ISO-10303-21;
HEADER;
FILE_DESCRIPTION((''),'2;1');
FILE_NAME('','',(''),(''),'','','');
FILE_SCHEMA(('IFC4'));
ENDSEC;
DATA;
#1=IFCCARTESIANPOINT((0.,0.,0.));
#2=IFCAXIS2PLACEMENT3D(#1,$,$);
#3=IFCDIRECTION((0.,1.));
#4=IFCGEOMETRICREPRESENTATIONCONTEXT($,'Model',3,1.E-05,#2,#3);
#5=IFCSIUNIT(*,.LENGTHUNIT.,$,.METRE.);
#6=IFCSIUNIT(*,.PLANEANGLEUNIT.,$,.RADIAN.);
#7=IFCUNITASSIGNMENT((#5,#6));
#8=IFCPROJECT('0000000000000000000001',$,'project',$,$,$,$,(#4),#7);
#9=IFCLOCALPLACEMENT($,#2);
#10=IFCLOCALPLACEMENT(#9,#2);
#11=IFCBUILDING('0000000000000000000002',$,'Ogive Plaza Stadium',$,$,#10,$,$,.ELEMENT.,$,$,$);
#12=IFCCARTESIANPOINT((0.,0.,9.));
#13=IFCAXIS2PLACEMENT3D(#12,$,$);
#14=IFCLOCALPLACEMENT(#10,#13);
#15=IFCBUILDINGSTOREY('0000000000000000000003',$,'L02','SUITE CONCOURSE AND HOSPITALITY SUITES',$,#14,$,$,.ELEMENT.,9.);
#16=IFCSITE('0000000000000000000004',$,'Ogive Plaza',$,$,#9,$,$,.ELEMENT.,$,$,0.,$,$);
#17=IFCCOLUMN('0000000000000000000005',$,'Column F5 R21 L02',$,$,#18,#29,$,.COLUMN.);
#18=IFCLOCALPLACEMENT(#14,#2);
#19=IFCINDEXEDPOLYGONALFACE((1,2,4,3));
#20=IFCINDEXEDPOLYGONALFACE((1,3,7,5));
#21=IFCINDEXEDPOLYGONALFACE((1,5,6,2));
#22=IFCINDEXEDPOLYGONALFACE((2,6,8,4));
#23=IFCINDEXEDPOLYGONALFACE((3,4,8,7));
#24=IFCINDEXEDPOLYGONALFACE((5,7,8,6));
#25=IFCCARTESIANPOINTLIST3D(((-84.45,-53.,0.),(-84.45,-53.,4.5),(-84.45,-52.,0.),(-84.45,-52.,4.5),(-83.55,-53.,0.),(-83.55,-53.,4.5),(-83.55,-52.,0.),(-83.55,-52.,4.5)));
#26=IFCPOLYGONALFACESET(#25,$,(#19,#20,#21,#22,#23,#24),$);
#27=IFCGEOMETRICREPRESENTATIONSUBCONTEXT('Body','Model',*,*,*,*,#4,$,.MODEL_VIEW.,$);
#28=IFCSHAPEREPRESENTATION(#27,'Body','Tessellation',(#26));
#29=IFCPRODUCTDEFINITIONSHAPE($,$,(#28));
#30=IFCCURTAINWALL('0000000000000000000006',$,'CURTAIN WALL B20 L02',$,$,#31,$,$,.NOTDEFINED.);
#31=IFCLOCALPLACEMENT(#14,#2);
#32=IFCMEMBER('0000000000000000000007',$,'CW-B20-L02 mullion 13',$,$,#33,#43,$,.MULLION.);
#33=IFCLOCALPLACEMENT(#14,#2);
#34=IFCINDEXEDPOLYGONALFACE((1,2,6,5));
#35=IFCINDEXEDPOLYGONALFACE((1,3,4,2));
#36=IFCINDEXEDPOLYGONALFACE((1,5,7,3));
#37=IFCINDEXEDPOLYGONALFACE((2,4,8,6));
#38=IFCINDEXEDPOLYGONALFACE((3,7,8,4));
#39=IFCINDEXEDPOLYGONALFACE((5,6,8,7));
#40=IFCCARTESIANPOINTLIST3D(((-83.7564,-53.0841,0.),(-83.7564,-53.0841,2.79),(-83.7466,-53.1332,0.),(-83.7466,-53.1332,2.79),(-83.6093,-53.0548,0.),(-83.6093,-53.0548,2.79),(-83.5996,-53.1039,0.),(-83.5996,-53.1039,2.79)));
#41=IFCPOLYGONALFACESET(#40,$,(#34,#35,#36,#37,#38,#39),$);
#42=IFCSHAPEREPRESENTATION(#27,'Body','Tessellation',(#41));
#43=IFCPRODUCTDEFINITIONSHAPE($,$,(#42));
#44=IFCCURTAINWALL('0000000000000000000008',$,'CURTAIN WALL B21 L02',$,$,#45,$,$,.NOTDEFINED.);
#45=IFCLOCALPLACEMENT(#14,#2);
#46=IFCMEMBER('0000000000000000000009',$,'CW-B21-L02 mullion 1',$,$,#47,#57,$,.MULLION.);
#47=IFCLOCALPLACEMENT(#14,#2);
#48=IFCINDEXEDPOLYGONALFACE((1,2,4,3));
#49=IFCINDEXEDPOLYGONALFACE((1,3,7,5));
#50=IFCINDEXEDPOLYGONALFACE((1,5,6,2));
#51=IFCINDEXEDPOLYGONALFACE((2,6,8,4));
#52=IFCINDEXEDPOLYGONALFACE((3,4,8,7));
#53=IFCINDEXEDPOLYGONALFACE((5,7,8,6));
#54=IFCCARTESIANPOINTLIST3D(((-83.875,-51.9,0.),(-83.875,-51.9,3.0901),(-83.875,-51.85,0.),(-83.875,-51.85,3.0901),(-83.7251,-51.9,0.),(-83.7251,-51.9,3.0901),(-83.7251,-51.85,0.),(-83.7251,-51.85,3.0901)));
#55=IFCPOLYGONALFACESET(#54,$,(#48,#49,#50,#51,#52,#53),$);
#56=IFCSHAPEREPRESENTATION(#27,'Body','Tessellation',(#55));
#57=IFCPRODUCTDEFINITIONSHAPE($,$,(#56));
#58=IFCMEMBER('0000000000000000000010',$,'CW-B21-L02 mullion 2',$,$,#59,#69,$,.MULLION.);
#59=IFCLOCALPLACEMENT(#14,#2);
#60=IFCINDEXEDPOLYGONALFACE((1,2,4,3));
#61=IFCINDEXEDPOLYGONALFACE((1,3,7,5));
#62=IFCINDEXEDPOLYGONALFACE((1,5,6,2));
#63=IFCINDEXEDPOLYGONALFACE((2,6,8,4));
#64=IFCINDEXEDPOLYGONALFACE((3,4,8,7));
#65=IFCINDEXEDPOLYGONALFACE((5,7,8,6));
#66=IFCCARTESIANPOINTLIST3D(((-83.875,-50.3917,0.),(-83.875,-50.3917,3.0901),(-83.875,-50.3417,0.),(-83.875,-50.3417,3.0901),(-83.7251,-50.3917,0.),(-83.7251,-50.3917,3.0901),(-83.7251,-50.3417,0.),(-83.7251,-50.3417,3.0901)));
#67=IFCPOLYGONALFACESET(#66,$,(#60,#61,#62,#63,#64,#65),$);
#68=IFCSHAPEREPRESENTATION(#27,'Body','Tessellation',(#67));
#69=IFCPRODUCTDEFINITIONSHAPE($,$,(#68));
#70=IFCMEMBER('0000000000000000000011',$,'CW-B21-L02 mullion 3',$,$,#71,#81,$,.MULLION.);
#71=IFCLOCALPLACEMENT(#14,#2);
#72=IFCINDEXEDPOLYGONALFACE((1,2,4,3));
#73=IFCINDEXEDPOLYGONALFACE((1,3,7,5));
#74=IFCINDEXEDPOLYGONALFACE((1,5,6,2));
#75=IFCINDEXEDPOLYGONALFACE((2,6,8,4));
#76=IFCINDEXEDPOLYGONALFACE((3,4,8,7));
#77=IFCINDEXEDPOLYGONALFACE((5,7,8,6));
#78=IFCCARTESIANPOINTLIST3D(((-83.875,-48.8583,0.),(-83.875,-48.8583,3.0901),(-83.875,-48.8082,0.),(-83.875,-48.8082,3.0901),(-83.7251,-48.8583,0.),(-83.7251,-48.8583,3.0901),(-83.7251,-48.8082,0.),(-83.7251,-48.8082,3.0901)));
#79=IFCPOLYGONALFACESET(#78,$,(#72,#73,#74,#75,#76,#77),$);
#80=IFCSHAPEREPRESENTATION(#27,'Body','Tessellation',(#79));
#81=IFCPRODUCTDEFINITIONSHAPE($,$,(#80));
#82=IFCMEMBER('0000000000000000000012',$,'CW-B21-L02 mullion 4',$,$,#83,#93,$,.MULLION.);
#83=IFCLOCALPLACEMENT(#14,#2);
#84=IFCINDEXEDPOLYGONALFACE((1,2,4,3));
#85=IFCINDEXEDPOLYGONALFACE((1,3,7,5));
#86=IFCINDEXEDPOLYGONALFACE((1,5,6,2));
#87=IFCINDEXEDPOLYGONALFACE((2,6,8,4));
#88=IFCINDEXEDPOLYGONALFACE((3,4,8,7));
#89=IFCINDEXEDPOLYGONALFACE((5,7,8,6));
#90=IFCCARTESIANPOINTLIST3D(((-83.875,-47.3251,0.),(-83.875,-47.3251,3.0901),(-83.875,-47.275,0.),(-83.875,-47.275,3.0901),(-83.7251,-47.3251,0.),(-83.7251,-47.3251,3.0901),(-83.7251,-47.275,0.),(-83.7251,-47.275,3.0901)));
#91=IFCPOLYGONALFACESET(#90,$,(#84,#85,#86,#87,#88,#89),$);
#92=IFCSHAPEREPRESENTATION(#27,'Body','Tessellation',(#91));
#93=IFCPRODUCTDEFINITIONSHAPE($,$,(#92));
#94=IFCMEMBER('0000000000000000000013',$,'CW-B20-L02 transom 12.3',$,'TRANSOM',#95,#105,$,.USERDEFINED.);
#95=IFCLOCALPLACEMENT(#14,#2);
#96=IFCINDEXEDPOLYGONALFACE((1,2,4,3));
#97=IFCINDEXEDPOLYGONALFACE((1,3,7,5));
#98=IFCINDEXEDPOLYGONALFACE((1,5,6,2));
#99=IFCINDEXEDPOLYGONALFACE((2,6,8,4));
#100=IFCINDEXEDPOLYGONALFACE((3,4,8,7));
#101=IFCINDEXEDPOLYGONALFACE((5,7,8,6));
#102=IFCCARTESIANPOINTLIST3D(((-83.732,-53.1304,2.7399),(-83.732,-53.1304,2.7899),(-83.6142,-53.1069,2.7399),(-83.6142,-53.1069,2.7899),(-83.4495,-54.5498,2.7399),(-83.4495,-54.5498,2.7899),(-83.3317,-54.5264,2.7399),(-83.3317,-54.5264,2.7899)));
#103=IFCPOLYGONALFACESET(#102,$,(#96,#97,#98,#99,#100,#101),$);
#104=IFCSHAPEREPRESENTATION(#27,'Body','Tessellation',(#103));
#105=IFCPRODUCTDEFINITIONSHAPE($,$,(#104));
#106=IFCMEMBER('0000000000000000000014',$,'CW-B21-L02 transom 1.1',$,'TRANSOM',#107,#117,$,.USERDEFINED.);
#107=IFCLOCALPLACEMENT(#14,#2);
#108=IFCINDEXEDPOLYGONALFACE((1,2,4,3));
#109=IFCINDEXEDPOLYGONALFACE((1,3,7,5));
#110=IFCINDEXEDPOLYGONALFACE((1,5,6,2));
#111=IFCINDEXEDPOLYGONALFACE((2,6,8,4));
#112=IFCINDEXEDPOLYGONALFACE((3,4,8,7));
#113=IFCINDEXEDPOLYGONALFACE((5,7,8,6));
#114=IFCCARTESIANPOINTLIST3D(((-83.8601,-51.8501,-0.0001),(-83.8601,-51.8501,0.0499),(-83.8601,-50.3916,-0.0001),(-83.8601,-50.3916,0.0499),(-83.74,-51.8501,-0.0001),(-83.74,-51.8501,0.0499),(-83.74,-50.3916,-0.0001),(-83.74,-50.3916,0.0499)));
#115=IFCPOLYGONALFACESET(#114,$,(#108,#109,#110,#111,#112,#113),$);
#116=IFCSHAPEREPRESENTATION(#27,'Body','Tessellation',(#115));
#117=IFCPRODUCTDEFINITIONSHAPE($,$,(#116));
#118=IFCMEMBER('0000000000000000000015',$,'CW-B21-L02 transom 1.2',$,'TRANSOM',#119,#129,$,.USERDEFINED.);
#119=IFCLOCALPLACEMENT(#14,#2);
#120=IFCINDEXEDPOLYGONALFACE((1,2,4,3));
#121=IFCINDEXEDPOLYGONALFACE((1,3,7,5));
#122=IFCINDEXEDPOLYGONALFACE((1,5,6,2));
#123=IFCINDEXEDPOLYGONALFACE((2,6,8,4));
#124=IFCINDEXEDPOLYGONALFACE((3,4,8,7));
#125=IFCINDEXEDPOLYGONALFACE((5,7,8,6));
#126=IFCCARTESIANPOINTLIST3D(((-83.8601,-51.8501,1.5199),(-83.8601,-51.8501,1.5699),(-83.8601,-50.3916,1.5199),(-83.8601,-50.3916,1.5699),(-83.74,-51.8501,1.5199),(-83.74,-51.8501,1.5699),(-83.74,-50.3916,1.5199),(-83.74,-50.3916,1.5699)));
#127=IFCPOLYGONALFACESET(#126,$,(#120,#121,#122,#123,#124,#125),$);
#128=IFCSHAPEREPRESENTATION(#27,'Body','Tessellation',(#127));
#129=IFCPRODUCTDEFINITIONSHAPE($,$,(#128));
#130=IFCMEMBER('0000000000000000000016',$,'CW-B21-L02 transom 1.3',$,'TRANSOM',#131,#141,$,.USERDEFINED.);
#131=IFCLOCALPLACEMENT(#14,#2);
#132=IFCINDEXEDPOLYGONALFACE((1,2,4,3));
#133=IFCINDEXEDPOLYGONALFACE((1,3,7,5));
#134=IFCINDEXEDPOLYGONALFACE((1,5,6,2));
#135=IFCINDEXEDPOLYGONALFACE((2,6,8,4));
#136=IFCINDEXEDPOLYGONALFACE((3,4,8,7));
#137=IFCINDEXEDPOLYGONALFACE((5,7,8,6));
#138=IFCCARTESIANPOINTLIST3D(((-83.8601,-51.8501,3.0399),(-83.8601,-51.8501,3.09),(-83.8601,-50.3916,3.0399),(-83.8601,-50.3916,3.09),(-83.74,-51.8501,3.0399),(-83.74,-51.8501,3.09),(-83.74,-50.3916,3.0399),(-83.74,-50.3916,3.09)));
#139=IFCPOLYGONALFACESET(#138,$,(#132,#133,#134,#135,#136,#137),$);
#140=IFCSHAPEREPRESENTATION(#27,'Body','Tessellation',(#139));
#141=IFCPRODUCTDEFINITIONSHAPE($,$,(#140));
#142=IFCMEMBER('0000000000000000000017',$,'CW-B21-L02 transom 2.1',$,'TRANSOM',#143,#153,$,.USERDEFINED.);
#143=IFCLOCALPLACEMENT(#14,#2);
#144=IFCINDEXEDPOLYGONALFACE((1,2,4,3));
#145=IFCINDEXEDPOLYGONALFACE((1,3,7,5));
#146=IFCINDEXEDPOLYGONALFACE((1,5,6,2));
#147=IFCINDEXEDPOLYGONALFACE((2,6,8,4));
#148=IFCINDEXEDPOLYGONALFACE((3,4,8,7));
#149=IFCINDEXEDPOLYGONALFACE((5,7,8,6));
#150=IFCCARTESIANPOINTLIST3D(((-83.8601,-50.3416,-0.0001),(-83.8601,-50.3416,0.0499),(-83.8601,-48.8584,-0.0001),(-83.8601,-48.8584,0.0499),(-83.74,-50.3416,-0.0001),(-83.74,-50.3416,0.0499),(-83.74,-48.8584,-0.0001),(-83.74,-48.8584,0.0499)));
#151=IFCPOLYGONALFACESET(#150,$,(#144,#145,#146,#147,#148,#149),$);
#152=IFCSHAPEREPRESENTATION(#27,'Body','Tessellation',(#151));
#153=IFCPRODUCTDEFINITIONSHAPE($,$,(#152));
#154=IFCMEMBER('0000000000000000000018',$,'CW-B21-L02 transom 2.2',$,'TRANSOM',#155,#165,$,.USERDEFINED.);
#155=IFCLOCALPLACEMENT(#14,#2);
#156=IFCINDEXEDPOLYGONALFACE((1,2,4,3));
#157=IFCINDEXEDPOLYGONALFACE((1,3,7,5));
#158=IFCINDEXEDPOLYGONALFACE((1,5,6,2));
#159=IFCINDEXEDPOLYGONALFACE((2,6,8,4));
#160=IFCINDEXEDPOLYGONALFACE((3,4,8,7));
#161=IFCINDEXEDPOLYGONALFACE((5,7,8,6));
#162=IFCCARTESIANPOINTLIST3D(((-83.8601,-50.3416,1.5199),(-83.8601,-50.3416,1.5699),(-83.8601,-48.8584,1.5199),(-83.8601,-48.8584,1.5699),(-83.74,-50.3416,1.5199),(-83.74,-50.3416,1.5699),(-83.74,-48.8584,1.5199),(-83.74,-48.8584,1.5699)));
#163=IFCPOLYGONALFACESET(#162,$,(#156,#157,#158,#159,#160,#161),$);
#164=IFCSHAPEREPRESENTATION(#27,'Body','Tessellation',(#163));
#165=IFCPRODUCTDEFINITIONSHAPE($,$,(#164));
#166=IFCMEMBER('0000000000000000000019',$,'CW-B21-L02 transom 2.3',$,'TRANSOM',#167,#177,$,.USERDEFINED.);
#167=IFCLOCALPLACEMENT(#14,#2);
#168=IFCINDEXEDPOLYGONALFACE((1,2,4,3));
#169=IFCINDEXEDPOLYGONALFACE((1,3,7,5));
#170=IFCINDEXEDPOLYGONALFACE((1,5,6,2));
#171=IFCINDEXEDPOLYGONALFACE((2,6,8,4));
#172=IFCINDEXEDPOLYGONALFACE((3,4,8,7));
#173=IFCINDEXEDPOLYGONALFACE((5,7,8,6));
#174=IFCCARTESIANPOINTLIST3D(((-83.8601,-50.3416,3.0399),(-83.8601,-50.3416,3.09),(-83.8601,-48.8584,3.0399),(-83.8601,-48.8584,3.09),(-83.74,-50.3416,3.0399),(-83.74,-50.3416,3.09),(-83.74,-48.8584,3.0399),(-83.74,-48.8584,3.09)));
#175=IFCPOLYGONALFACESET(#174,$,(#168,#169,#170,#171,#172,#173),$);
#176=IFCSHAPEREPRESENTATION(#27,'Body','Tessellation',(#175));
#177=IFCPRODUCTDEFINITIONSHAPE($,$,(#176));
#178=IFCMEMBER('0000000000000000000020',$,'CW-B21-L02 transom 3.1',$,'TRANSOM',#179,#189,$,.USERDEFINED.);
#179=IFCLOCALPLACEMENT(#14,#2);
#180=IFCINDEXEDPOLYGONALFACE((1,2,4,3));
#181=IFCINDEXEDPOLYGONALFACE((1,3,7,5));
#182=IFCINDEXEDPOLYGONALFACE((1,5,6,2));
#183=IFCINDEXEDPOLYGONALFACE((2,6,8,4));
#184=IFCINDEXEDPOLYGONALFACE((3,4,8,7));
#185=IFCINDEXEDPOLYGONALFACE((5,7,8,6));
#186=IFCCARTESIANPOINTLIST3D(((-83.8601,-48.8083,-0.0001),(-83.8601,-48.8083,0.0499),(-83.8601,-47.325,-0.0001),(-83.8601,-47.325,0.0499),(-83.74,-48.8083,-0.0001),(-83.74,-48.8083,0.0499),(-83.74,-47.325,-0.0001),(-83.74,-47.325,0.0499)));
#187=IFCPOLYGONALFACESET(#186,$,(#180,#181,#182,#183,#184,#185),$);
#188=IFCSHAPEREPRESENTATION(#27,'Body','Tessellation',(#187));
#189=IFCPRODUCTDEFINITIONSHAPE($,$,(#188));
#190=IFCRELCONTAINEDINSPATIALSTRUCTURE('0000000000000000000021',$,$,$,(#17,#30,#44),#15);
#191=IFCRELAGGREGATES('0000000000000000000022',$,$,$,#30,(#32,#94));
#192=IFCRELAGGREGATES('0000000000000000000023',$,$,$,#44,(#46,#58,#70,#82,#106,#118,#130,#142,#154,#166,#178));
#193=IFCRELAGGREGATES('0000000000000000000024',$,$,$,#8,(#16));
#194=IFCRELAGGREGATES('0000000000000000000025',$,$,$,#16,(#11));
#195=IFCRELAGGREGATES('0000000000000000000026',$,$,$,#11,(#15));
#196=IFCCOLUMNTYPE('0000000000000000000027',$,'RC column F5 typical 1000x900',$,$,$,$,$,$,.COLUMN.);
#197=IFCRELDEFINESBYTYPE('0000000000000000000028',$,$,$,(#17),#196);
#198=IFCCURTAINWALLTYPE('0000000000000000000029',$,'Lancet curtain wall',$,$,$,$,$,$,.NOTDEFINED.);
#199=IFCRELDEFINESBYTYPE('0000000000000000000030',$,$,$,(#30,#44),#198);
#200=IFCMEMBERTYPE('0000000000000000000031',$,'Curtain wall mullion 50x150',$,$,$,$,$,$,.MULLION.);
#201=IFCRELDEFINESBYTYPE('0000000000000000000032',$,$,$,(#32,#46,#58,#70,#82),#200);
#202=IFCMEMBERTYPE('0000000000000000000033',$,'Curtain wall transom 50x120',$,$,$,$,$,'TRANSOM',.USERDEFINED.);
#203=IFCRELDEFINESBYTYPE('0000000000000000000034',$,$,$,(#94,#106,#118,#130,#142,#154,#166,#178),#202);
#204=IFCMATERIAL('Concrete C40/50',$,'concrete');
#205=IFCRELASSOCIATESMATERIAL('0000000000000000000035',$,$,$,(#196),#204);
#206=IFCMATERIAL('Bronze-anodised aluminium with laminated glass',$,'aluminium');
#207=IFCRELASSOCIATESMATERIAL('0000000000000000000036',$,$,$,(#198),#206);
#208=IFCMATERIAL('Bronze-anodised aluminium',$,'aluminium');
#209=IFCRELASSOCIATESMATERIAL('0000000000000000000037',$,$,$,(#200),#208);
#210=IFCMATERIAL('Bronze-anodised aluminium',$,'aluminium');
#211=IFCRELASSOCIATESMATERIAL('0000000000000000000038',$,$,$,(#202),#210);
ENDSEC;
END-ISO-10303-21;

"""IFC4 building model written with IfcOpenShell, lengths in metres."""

from ifc_helpers import new_model, si_unit, direction, frame, origin, origin_2d, place, context, subcontext, project, spatial, rectangle, extrude, material, material_profile, profile_set, type_object, element, aggregate, save


model = new_model("IFC4")

# Units and contexts
model_context = context("Model", 3, precision=1e-05, world=origin(), true_north=direction((0.0, 1.0)))
body_context = subcontext(model_context, "Body", "Model", "MODEL_VIEW")
ifc_project = project(units=[si_unit("LENGTHUNIT", "METRE"), si_unit("PLANEANGLEUNIT", "RADIAN")], contexts=[model_context])

# Site, building, storey
site_placement = place(None, origin())
site = spatial("IfcSite", under=ifc_project, at=site_placement, Name="Ogive Plaza", CompositionType="ELEMENT", RefElevation=0.0)
building_placement = place(site_placement, origin())
building = spatial("IfcBuilding", under=site, at=building_placement, Name="Ogive Plaza Stadium", CompositionType="ELEMENT")
storey_placement = place(building_placement, frame((0.0, 0.0, 9.0)))
storey = spatial("IfcBuildingStorey", under=building, at=storey_placement, Name="L02", Description="SUITE CONCOURSE AND HOSPITALITY SUITES", CompositionType="ELEMENT", Elevation=9.0)

# Column
ifc_material_1 = material(Name="Concrete C40/50", Category="concrete")
ifc_material_profile_1 = material_profile(ifc_material_1, rectangle(XDim=1.0, YDim=0.8999, at=origin_2d()), Name="RC 1000x900")
ifc_profile_set_1 = profile_set([ifc_material_profile_1], Name="Concrete C40/50")
column_type = type_object("IfcColumnType", Name="RC column F5 typical 1000x900", PredefinedType="COLUMN", material=ifc_profile_set_1)
column_placement = place(storey_placement, frame((-84.0, -52.5, 0.0), z_axis=(0.0, 0.0, 1.0), x_axis=(0.0, -1.0, 0.0)))
element("IfcColumn", 1, at=column_placement, inside=storey, type_object=column_type, Name="Column F5 R21 L02", PredefinedType="COLUMN", context=body_context, shape_type="SweptSolid", body=[
    extrude(rectangle(XDim=1.0, YDim=0.8999, at=origin_2d()), origin(), (0.0, 0.0, 1.0), 4.5),
])

# Curtain wall, member
ifc_material_2 = material(Name="Bronze-anodised aluminium with laminated glass", Category="aluminium")
curtain_wall_type = type_object("IfcCurtainWallType", Name="Lancet curtain wall", PredefinedType="NOTDEFINED", material=ifc_material_2)
curtain_wall_1_placement = place(storey_placement, origin())
curtain_wall_1 = element("IfcCurtainWall", 2, at=curtain_wall_1_placement, inside=storey, type_object=curtain_wall_type, Name="CURTAIN WALL B20 L02", PredefinedType="NOTDEFINED")
ifc_material_3 = material(Name="Bronze-anodised aluminium", Category="aluminium")
ifc_material_profile_2 = material_profile(ifc_material_3, rectangle(XDim=0.1499, YDim=0.05, at=origin_2d()), Name="AL 150x50")
ifc_profile_set_2 = profile_set([ifc_material_profile_2], Name="Bronze-anodised aluminium")
member_type_1 = type_object("IfcMemberType", Name="Curtain wall mullion 50x150", PredefinedType="MULLION", material=ifc_profile_set_2)
member_1_placement = place(storey_placement, frame((-83.678, -53.094, 0.0), z_axis=(0.0, 0.0, 1.0), x_axis=(-0.980785, -0.19509, 0.0)))
member_1 = element("IfcMember", 3, at=member_1_placement, type_object=member_type_1, Name="CW-B20-L02 mullion 13", PredefinedType="MULLION", context=body_context, shape_type="SweptSolid", body=[
    extrude(rectangle(XDim=0.1499, YDim=0.05, at=origin_2d()), origin(), (0.0, 0.0, 1.0), 2.79),
])

# Curtain wall, members
curtain_wall_2_placement = place(storey_placement, origin())
curtain_wall_2 = element("IfcCurtainWall", 4, at=curtain_wall_2_placement, inside=storey, type_object=curtain_wall_type, Name="CURTAIN WALL B21 L02", PredefinedType="NOTDEFINED")
member_2_placement = place(storey_placement, frame((-83.8, -51.875, 0.0), z_axis=(0.0, 0.0, 1.0), x_axis=(-1.0, 0.0, 0.0)))
member_2 = element("IfcMember", 5, at=member_2_placement, type_object=member_type_1, Name="CW-B21-L02 mullion 1", PredefinedType="MULLION", context=body_context, shape_type="SweptSolid", body=[
    extrude(rectangle(XDim=0.1499, YDim=0.05, at=origin_2d()), origin(), (0.0, 0.0, 1.0), 3.0901),
])
member_3_placement = place(storey_placement, frame((-83.8, -50.3667, 0.0), z_axis=(0.0, 0.0, 1.0), x_axis=(-1.0, 0.0, 0.0)))
member_3 = element("IfcMember", 6, at=member_3_placement, type_object=member_type_1, Name="CW-B21-L02 mullion 2", PredefinedType="MULLION", context=body_context, shape_type="SweptSolid", body=[
    extrude(rectangle(XDim=0.1499, YDim=0.05, at=origin_2d()), origin(), (0.0, 0.0, 1.0), 3.0901),
])
member_4_placement = place(storey_placement, frame((-83.8, -48.8333, 0.0), z_axis=(0.0, 0.0, 1.0), x_axis=(-1.0, 0.0, 0.0)))
member_4 = element("IfcMember", 7, at=member_4_placement, type_object=member_type_1, Name="CW-B21-L02 mullion 3", PredefinedType="MULLION", context=body_context, shape_type="SweptSolid", body=[
    extrude(rectangle(XDim=0.1499, YDim=0.05, at=origin_2d()), origin(), (0.0, 0.0, 1.0), 3.0901),
])
member_5_placement = place(storey_placement, frame((-83.8, -47.3, 0.0), z_axis=(0.0, 0.0, 1.0), x_axis=(-1.0, 0.0, 0.0)))
member_5 = element("IfcMember", 8, at=member_5_placement, type_object=member_type_1, Name="CW-B21-L02 mullion 4", PredefinedType="MULLION", context=body_context, shape_type="SweptSolid", body=[
    extrude(rectangle(XDim=0.1499, YDim=0.05, at=origin_2d()), origin(), (0.0, 0.0, 1.0), 3.0901),
])

# Members
ifc_material_4 = material(Name="Bronze-anodised aluminium", Category="aluminium")
ifc_material_profile_3 = material_profile(ifc_material_4, rectangle(XDim=0.1201, YDim=0.05, at=origin_2d()), Name="AL 120x50")
ifc_profile_set_3 = profile_set([ifc_material_profile_3], Name="Bronze-anodised aluminium")
member_type_2 = type_object("IfcMemberType", Name="Curtain wall transom 50x120", ElementType="TRANSOM", PredefinedType="USERDEFINED", material=ifc_profile_set_3)
member_6_placement = place(storey_placement, frame((-83.3906, -54.5381, 2.7649), z_axis=(-0.195175, 0.980768, 0.0), x_axis=(-0.980768, -0.195175, 0.0)))
member_6 = element("IfcMember", 9, at=member_6_placement, type_object=member_type_2, Name="CW-B20-L02 transom 12.3", ObjectType="TRANSOM", PredefinedType="USERDEFINED", context=body_context, shape_type="SweptSolid", body=[
    extrude(rectangle(XDim=0.1201, YDim=0.05, at=origin_2d()), origin(), (0.0, 0.0, 1.0), 1.4473),
])
member_7_placement = place(storey_placement, frame((-83.8, -51.8501, 0.0249), z_axis=(0.0, 1.0, 0.0), x_axis=(-1.0, 0.0, 0.0)))
member_7 = element("IfcMember", 10, at=member_7_placement, type_object=member_type_2, Name="CW-B21-L02 transom 1.1", ObjectType="TRANSOM", PredefinedType="USERDEFINED", context=body_context, shape_type="SweptSolid", body=[
    extrude(rectangle(XDim=0.1201, YDim=0.05, at=origin_2d()), origin(), (0.0, 0.0, 1.0), 1.4585),
])
member_8_placement = place(storey_placement, frame((-83.8, -51.8501, 1.5449), z_axis=(0.0, 1.0, 0.0), x_axis=(-1.0, 0.0, 0.0)))
member_8 = element("IfcMember", 11, at=member_8_placement, type_object=member_type_2, Name="CW-B21-L02 transom 1.2", ObjectType="TRANSOM", PredefinedType="USERDEFINED", context=body_context, shape_type="SweptSolid", body=[
    extrude(rectangle(XDim=0.1201, YDim=0.05, at=origin_2d()), origin(), (0.0, 0.0, 1.0), 1.4585),
])
member_9_placement = place(storey_placement, frame((-83.8, -51.8501, 3.0649), z_axis=(0.0, 1.0, 0.0), x_axis=(-1.0, 0.0, 0.0)))
member_9 = element("IfcMember", 12, at=member_9_placement, type_object=member_type_2, Name="CW-B21-L02 transom 1.3", ObjectType="TRANSOM", PredefinedType="USERDEFINED", context=body_context, shape_type="SweptSolid", body=[
    extrude(rectangle(XDim=0.1201, YDim=0.05, at=origin_2d()), origin(), (0.0, 0.0, 1.0), 1.4585),
])
member_10_placement = place(storey_placement, frame((-83.8, -50.3416, 0.0249), z_axis=(0.0, 1.0, 0.0), x_axis=(-1.0, 0.0, 0.0)))
member_10 = element("IfcMember", 13, at=member_10_placement, type_object=member_type_2, Name="CW-B21-L02 transom 2.1", ObjectType="TRANSOM", PredefinedType="USERDEFINED", context=body_context, shape_type="SweptSolid", body=[
    extrude(rectangle(XDim=0.1201, YDim=0.05, at=origin_2d()), origin(), (0.0, 0.0, 1.0), 1.4832),
])
member_11_placement = place(storey_placement, frame((-83.8, -50.3416, 1.5449), z_axis=(0.0, 1.0, 0.0), x_axis=(-1.0, 0.0, 0.0)))
member_11 = element("IfcMember", 14, at=member_11_placement, type_object=member_type_2, Name="CW-B21-L02 transom 2.2", ObjectType="TRANSOM", PredefinedType="USERDEFINED", context=body_context, shape_type="SweptSolid", body=[
    extrude(rectangle(XDim=0.1201, YDim=0.05, at=origin_2d()), origin(), (0.0, 0.0, 1.0), 1.4832),
])
member_12_placement = place(storey_placement, frame((-83.8, -50.3416, 3.0649), z_axis=(0.0, 1.0, 0.0), x_axis=(-1.0, 0.0, 0.0)))
member_12 = element("IfcMember", 15, at=member_12_placement, type_object=member_type_2, Name="CW-B21-L02 transom 2.3", ObjectType="TRANSOM", PredefinedType="USERDEFINED", context=body_context, shape_type="SweptSolid", body=[
    extrude(rectangle(XDim=0.1201, YDim=0.05, at=origin_2d()), origin(), (0.0, 0.0, 1.0), 1.4832),
])
member_13_placement = place(storey_placement, frame((-83.8, -48.8083, 0.0249), z_axis=(0.0, 1.0, 0.0), x_axis=(-1.0, 0.0, 0.0)))
member_13 = element("IfcMember", 16, at=member_13_placement, type_object=member_type_2, Name="CW-B21-L02 transom 3.1", ObjectType="TRANSOM", PredefinedType="USERDEFINED", context=body_context, shape_type="SweptSolid", body=[
    extrude(rectangle(XDim=0.1201, YDim=0.05, at=origin_2d()), origin(), (0.0, 0.0, 1.0), 1.4834),
])

aggregate(curtain_wall_1, [member_1, member_6])
aggregate(curtain_wall_2, [member_2, member_3, member_4, member_5, member_7, member_8, member_9, member_10, member_11, member_12, member_13])

save(model, "model.ifc")
